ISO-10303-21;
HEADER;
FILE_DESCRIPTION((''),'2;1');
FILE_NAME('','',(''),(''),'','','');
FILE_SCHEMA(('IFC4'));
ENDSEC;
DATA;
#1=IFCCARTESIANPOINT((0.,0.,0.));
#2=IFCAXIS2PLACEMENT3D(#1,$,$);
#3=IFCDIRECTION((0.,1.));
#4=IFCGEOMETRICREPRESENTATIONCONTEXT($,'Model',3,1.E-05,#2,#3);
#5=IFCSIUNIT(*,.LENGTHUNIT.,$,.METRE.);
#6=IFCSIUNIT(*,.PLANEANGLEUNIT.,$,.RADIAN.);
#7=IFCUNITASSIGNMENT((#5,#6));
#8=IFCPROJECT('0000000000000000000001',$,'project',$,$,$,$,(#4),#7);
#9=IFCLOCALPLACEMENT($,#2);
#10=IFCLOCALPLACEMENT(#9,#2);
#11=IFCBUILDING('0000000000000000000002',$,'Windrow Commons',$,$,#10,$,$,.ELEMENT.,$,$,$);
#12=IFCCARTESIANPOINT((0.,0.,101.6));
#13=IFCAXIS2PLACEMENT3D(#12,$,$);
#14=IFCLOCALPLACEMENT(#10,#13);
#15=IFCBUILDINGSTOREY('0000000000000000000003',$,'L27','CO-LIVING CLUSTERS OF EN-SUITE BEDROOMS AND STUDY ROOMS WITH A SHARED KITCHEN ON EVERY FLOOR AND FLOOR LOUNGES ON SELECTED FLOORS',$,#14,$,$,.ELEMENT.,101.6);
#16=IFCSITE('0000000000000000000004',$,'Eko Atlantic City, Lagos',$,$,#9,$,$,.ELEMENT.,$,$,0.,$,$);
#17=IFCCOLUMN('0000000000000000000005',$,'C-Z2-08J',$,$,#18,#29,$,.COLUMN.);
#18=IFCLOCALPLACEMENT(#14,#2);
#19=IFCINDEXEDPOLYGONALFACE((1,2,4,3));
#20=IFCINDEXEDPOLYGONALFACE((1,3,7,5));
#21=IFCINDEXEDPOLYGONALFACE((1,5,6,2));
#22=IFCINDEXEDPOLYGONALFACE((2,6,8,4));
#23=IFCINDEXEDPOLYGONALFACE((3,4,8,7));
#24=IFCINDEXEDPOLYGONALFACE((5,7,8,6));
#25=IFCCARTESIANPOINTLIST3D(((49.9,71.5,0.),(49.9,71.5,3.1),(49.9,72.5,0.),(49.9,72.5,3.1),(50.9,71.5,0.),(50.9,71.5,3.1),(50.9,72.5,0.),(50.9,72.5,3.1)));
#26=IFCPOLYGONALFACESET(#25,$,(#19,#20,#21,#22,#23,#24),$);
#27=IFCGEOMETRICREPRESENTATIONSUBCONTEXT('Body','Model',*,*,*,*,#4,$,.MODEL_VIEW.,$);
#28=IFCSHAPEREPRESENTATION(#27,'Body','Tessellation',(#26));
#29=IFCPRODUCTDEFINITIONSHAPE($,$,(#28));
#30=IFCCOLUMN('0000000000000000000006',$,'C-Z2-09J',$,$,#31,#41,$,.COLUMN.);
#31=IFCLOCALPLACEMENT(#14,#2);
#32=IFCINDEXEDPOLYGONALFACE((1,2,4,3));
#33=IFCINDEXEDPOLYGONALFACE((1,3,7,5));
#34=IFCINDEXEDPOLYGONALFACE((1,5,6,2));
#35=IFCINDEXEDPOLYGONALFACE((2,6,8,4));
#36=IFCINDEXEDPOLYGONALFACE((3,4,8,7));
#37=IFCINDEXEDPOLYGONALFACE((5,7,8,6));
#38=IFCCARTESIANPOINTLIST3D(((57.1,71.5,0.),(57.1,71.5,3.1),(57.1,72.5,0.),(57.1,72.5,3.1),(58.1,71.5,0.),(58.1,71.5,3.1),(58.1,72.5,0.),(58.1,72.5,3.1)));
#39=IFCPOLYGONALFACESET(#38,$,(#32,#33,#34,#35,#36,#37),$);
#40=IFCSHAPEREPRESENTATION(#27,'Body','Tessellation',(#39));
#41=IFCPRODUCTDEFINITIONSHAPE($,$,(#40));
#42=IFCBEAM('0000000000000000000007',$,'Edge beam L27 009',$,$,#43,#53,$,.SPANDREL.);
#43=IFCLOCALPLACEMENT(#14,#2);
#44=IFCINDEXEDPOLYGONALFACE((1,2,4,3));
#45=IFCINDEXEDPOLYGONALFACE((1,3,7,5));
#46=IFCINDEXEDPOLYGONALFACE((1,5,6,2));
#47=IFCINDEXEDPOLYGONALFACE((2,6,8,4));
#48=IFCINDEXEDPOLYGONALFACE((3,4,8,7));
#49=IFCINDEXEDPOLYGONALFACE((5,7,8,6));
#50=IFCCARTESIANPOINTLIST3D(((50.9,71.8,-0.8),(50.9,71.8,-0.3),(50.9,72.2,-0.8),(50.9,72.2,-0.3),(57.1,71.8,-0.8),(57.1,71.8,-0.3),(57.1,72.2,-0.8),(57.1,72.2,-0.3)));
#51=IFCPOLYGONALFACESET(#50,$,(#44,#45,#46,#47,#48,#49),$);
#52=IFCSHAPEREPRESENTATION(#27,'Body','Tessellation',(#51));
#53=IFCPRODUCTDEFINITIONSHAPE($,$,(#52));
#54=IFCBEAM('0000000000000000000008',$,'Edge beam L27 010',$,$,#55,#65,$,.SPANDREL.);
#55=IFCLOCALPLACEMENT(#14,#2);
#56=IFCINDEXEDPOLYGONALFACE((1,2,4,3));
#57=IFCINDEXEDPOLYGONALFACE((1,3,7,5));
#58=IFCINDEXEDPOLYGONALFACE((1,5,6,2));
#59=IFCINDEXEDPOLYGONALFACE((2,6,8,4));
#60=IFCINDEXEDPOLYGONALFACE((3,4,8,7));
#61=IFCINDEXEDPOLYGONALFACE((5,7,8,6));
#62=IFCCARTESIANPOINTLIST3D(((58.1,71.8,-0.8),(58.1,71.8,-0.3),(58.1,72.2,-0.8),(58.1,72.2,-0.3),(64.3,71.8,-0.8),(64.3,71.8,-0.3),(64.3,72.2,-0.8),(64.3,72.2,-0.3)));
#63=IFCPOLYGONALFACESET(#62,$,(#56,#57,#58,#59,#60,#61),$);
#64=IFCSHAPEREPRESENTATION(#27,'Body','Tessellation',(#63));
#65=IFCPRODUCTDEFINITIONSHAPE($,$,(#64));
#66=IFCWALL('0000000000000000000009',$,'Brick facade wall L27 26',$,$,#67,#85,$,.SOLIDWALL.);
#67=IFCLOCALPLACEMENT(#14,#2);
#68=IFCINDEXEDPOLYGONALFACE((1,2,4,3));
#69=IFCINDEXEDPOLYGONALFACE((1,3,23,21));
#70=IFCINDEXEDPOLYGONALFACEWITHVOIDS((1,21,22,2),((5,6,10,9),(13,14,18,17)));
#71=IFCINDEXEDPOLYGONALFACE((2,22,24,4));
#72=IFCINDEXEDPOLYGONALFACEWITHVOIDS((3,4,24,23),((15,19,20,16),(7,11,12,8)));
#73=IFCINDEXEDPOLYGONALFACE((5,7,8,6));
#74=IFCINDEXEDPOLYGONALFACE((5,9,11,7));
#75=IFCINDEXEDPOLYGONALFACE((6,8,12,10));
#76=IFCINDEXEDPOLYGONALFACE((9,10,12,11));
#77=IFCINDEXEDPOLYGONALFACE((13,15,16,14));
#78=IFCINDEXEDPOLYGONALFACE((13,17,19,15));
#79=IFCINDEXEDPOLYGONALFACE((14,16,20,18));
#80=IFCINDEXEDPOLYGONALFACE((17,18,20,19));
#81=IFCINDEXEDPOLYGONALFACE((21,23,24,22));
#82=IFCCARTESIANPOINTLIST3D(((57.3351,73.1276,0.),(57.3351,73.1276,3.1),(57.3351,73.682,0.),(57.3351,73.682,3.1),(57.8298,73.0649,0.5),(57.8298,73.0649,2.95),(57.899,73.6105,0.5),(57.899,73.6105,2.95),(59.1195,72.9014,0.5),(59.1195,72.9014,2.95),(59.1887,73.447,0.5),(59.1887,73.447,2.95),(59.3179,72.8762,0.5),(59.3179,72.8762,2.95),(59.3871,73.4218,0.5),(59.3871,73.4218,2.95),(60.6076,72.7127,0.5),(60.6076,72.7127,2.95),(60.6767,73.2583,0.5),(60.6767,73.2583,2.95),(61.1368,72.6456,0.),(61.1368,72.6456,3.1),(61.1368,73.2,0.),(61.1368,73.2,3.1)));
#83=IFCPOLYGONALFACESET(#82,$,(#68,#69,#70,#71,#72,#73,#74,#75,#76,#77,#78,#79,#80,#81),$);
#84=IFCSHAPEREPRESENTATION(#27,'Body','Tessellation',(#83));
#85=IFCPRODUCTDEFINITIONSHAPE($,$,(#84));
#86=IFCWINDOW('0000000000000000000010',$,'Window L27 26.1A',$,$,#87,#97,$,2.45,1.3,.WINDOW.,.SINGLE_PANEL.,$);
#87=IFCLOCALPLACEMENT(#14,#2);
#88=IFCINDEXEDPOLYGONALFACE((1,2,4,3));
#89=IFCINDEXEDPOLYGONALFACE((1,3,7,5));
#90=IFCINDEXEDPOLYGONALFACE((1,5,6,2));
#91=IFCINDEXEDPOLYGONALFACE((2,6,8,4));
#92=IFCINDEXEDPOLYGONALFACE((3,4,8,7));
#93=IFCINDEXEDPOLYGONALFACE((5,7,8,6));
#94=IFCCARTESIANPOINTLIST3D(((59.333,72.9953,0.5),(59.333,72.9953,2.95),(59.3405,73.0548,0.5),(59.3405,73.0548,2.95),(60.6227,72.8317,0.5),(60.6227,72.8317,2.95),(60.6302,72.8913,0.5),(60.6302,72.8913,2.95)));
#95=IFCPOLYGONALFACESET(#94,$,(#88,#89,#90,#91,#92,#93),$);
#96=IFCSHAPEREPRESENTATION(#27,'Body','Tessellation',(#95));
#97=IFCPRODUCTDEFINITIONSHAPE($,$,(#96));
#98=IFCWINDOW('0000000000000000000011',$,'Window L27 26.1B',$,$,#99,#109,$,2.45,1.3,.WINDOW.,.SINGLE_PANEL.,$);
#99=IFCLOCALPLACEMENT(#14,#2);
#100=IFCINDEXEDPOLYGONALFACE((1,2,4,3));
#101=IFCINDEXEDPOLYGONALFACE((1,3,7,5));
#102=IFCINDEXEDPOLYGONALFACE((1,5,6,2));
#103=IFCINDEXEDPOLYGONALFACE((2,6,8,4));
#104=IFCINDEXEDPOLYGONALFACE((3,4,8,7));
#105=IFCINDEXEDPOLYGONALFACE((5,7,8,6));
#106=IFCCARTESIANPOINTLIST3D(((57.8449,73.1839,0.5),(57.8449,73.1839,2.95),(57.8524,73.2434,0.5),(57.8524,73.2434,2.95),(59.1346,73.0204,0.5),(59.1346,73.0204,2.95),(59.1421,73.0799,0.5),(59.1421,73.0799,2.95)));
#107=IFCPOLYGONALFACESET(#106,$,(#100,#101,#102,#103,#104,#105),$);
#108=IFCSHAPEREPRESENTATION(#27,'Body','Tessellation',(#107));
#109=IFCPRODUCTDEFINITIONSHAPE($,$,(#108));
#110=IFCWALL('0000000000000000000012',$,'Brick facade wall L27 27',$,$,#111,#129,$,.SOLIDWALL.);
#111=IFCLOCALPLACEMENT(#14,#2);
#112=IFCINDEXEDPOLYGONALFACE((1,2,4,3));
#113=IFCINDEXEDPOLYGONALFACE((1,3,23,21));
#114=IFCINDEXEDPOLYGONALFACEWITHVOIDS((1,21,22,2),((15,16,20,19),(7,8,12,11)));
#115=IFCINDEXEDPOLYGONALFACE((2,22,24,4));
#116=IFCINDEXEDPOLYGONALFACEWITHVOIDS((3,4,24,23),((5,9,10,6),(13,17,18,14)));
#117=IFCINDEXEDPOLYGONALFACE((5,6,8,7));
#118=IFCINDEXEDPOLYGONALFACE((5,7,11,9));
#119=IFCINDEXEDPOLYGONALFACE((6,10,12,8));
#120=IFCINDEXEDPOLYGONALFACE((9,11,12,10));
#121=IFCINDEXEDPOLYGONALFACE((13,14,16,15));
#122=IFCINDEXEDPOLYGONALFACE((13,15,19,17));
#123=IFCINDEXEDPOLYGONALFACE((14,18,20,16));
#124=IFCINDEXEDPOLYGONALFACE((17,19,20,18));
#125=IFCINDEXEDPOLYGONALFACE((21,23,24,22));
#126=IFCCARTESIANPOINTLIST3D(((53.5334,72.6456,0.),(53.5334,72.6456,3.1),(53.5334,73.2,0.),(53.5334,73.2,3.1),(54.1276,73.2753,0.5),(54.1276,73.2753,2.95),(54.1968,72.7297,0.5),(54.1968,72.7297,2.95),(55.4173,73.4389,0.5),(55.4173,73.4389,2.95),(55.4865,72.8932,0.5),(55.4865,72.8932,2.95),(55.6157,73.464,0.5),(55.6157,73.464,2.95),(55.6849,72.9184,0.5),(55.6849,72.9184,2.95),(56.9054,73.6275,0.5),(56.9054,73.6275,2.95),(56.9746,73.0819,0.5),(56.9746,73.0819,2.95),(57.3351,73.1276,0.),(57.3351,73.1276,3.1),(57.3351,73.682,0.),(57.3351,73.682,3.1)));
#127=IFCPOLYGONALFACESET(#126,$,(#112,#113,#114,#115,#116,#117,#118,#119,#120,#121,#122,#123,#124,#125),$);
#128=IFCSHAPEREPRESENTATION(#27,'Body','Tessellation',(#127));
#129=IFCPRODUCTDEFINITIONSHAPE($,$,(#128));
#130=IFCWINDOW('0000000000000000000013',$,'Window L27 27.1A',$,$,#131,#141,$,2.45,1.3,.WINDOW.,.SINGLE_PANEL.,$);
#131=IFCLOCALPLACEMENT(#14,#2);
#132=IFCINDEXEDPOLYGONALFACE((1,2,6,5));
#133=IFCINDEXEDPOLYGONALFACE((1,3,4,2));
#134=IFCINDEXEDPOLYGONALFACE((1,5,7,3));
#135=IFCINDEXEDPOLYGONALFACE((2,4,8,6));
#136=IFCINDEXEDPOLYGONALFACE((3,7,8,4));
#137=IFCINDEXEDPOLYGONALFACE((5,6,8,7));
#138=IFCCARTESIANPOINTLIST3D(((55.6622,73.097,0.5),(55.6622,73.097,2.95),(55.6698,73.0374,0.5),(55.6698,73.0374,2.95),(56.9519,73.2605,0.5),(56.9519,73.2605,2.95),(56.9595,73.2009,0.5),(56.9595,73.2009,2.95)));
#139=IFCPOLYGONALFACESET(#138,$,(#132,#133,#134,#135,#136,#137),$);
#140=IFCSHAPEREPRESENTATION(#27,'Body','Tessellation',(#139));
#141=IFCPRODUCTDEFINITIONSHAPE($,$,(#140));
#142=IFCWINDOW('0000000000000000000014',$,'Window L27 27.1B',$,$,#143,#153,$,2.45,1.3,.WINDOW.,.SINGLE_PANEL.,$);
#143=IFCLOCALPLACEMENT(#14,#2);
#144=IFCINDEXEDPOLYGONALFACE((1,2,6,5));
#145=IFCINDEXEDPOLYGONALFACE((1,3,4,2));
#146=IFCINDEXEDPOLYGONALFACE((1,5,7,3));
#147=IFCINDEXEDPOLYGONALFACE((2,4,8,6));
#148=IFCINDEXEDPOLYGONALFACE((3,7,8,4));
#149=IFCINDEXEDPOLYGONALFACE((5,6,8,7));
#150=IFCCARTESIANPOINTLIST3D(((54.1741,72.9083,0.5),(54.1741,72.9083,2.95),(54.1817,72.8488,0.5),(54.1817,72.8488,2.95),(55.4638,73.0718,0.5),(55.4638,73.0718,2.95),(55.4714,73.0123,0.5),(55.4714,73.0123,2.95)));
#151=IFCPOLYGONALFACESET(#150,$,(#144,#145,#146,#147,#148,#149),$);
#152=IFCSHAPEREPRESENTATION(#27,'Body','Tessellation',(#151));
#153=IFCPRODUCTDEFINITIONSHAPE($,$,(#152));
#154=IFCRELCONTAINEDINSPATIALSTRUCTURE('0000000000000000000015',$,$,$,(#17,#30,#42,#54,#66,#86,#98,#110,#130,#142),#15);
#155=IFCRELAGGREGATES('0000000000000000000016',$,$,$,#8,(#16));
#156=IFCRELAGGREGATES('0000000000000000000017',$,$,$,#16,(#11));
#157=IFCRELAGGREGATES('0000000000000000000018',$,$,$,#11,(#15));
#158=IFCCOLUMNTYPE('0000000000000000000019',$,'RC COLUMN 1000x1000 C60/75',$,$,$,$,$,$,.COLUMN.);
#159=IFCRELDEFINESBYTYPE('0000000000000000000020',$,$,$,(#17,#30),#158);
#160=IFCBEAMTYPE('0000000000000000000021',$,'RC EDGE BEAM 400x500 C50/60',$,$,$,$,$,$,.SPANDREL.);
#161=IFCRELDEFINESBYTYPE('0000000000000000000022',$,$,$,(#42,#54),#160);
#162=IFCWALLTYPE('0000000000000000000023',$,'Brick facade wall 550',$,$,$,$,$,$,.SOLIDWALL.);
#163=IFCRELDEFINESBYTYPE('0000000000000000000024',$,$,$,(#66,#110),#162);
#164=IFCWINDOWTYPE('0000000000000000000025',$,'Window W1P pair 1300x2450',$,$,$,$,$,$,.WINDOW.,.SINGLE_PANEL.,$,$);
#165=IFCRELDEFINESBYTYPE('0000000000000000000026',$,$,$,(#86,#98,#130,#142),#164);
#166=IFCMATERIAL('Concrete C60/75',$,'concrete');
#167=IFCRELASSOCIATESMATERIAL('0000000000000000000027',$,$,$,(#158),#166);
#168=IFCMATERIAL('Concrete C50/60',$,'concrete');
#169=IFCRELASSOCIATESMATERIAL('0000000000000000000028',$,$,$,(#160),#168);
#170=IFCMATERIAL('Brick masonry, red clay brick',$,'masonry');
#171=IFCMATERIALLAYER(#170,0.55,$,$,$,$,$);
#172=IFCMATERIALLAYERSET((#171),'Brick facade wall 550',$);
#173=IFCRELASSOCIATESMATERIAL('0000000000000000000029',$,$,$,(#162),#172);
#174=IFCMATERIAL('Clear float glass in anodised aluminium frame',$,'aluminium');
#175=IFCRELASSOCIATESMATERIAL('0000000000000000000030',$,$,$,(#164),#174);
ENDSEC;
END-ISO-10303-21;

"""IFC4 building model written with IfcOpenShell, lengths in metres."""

from ifc_helpers import new_model, si_unit, direction, frame, frame_2d, origin, origin_2d, place, context, subcontext, project, spatial, polyline, rectangle, outline, extrude, material, layer, layer_set, material_profile, profile_set, type_object, element, fill, save


model = new_model("IFC4")

# Units and contexts
model_context = context("Model", 3, precision=1e-05, world=origin(), true_north=direction((0.0, 1.0)))
body_context = subcontext(model_context, "Body", "Model", "MODEL_VIEW")
ifc_project = project(units=[si_unit("LENGTHUNIT", "METRE"), si_unit("PLANEANGLEUNIT", "RADIAN")], contexts=[model_context])

# Site, building, storey
site_placement = place(None, origin())
site = spatial("IfcSite", under=ifc_project, at=site_placement, Name="Eko Atlantic City, Lagos", CompositionType="ELEMENT", RefElevation=0.0)
building_placement = place(site_placement, origin())
building = spatial("IfcBuilding", under=site, at=building_placement, Name="Windrow Commons", CompositionType="ELEMENT")
storey_placement = place(building_placement, frame((0.0, 0.0, 101.6)))
storey = spatial("IfcBuildingStorey", under=building, at=storey_placement, Name="L27", Description="CO-LIVING CLUSTERS OF EN-SUITE BEDROOMS AND STUDY ROOMS WITH A SHARED KITCHEN ON EVERY FLOOR AND FLOOR LOUNGES ON SELECTED FLOORS", CompositionType="ELEMENT", Elevation=101.6)

# Columns
ifc_material_1 = material(Name="Concrete C60/75", Category="concrete")
ifc_material_profile_1 = material_profile(ifc_material_1, rectangle(XDim=1.0, YDim=1.0, at=origin_2d()))
ifc_profile_set_1 = profile_set([ifc_material_profile_1], Name="Concrete C60/75")
column_type = type_object("IfcColumnType", Name="RC COLUMN 1000x1000 C60/75", PredefinedType="COLUMN", material=ifc_profile_set_1)
for number, where, z_axis, x_axis, name in (
    (1, (50.4, 72.0, 0.0), (0.0, 0.0, 1.0), (1.0, 0.0, 0.0), "C-Z2-08J"),
    (2, (57.6, 72.0, 0.0), (0.0, 0.0, 1.0), (1.0, 0.0, 0.0), "C-Z2-09J"),
):
    element("IfcColumn", number, at=place(storey_placement, frame(where, z_axis=z_axis, x_axis=x_axis)), inside=storey, type_object=column_type, Name=name, PredefinedType="COLUMN", context=body_context, shape_type="SweptSolid", body=[
        extrude(rectangle(XDim=1.0, YDim=1.0, at=origin_2d()), origin(), (0.0, 0.0, 1.0), 3.1),
    ])

# Beams
ifc_material_2 = material(Name="Concrete C50/60", Category="concrete")
ifc_material_profile_2 = material_profile(ifc_material_2, rectangle(XDim=0.4, YDim=0.5, at=origin_2d()))
ifc_profile_set_2 = profile_set([ifc_material_profile_2], Name="Concrete C50/60")
beam_type = type_object("IfcBeamType", Name="RC EDGE BEAM 400x500 C50/60", PredefinedType="SPANDREL", material=ifc_profile_set_2)
for number, where, z_axis, x_axis, name in (
    (3, (50.9, 72.0, -0.55), (1.0, 0.0, 0.0), (0.0, 1.0, 0.0), "Edge beam L27 009"),
    (4, (58.1, 72.0, -0.55), (1.0, 0.0, 0.0), (0.0, 1.0, 0.0), "Edge beam L27 010"),
):
    element("IfcBeam", number, at=place(storey_placement, frame(where, z_axis=z_axis, x_axis=x_axis)), inside=storey, type_object=beam_type, Name=name, PredefinedType="SPANDREL", context=body_context, shape_type="SweptSolid", body=[
        extrude(rectangle(XDim=0.4, YDim=0.5, at=origin_2d()), origin(), (0.0, 0.0, 1.0), 6.2),
    ])

# Walls, openings, windows
ifc_material_3 = material(Name="Brick masonry, red clay brick", Category="masonry")
ifc_layer_1 = layer(ifc_material_3, 0.55)
ifc_layer_set_1 = layer_set([ifc_layer_1], Name="Brick facade wall 550")
wall_type_1 = type_object("IfcWallType", Name="Brick facade wall 550", PredefinedType="SOLIDWALL", material=ifc_layer_set_1)
wall_1_placement = place(storey_placement, frame((61.1368, 72.9228, 0.0), z_axis=(0.0, 0.0, 1.0), x_axis=(-0.992058, 0.125779, 0.0)))
wall_1 = element("IfcWall", 5, at=wall_1_placement, inside=storey, type_object=wall_type_1, Name="Brick facade wall L27 26", PredefinedType="SOLIDWALL", context=body_context, shape_type="SweptSolid", body=[
    extrude(outline(polyline([(0.0349, -0.275), (3.867, -0.275), (3.7973, 0.275), (-0.0349, 0.275), (0.0349, -0.275)])), origin(), (0.0, 0.0, 1.0), 3.1),
])
opening_1_placement = place(wall_1_placement, frame((0.4986, 0.0, 0.5)))
opening_1 = element("IfcOpeningElement", 6, at=opening_1_placement, cuts=wall_1, PredefinedType="OPENING", context=body_context, shape_type="SweptSolid", body=[
    extrude(rectangle(XDim=1.3, YDim=2.45, at=frame_2d((0.65, 1.225))), frame((0.0, 0.285, 0.0), z_axis=(0.0, -1.0, 0.0), x_axis=(1.0, 0.0, 0.0)), (0.0, 0.0, 1.0), 0.57),
])
opening_2_placement = place(wall_1_placement, frame((1.9986, 0.0, 0.5)))
opening_2 = element("IfcOpeningElement", 7, at=opening_2_placement, cuts=wall_1, PredefinedType="OPENING", context=body_context, shape_type="SweptSolid", body=[
    extrude(rectangle(XDim=1.3, YDim=2.45, at=frame_2d((0.65, 1.225))), frame((0.0, 0.285, 0.0), z_axis=(0.0, -1.0, 0.0), x_axis=(1.0, 0.0, 0.0)), (0.0, 0.0, 1.0), 0.57),
])
ifc_material_4 = material(Name="Clear float glass in anodised aluminium frame", Category="aluminium")
window_type_1 = type_object("IfcWindowType", Name="Window W1P pair 1300x2450", PartitioningType="SINGLE_PANEL", PredefinedType="WINDOW", material=ifc_material_4)
window_1_placement = place(opening_1_placement, origin())
window_1 = element("IfcWindow", 8, at=window_1_placement, inside=storey, type_object=window_type_1, Name="Window L27 26.1A", OverallHeight=2.45, OverallWidth=1.3, PartitioningType="SINGLE_PANEL", PredefinedType="WINDOW", context=body_context, shape_type="SweptSolid", body=[
    extrude(rectangle(XDim=1.3, YDim=2.45, at=frame_2d((0.65, 1.225))), frame((0.0, 0.155, 0.0), z_axis=(0.0, -1.0, 0.0), x_axis=(1.0, 0.0, 0.0)), (0.0, 0.0, 1.0), 0.06),
])
fill(opening_1, window_1)
window_2_placement = place(opening_2_placement, origin())
window_2 = element("IfcWindow", 9, at=window_2_placement, inside=storey, type_object=window_type_1, Name="Window L27 26.1B", OverallHeight=2.45, OverallWidth=1.3, PartitioningType="SINGLE_PANEL", PredefinedType="WINDOW", context=body_context, shape_type="SweptSolid", body=[
    extrude(rectangle(XDim=1.3, YDim=2.45, at=frame_2d((0.65, 1.225))), frame((0.0, 0.155, 0.0), z_axis=(0.0, -1.0, 0.0), x_axis=(1.0, 0.0, 0.0)), (0.0, 0.0, 1.0), 0.06),
])
fill(opening_2, window_2)
wall_2_placement = place(storey_placement, frame((57.3351, 73.4048, 0.0), z_axis=(0.0, 0.0, 1.0), x_axis=(-0.992059, -0.125775, 0.0)))
wall_2 = element("IfcWall", 10, at=wall_2_placement, inside=storey, type_object=wall_type_1, Name="Brick facade wall L27 27", PredefinedType="SOLIDWALL", context=body_context, shape_type="SweptSolid", body=[
    extrude(outline(polyline([(-0.0349, -0.275), (3.7973, -0.275), (3.867, 0.275), (0.0349, 0.275), (-0.0349, -0.275)])), origin(), (0.0, 0.0, 1.0), 3.1),
])
opening_3_placement = place(wall_2_placement, frame((0.3983, 0.0, 0.5)))
opening_3 = element("IfcOpeningElement", 11, at=opening_3_placement, cuts=wall_2, PredefinedType="OPENING", context=body_context, shape_type="SweptSolid", body=[
    extrude(rectangle(XDim=1.3, YDim=2.45, at=frame_2d((0.65, 1.225))), frame((0.0, 0.285, 0.0), z_axis=(0.0, -1.0, 0.0), x_axis=(1.0, 0.0, 0.0)), (0.0, 0.0, 1.0), 0.57),
])
opening_4_placement = place(wall_2_placement, frame((1.8983, 0.0, 0.5)))
opening_4 = element("IfcOpeningElement", 12, at=opening_4_placement, cuts=wall_2, PredefinedType="OPENING", context=body_context, shape_type="SweptSolid", body=[
    extrude(rectangle(XDim=1.3, YDim=2.45, at=frame_2d((0.65, 1.225))), frame((0.0, 0.285, 0.0), z_axis=(0.0, -1.0, 0.0), x_axis=(1.0, 0.0, 0.0)), (0.0, 0.0, 1.0), 0.57),
])
window_3_placement = place(opening_3_placement, origin())
window_3 = element("IfcWindow", 13, at=window_3_placement, inside=storey, type_object=window_type_1, Name="Window L27 27.1A", OverallHeight=2.45, OverallWidth=1.3, PartitioningType="SINGLE_PANEL", PredefinedType="WINDOW", context=body_context, shape_type="SweptSolid", body=[
    extrude(rectangle(XDim=1.3, YDim=2.45, at=frame_2d((0.65, 1.225))), frame((0.0, 0.155, 0.0), z_axis=(0.0, -1.0, 0.0), x_axis=(1.0, 0.0, 0.0)), (0.0, 0.0, 1.0), 0.06),
])
fill(opening_3, window_3)
window_4_placement = place(opening_4_placement, origin())
window_4 = element("IfcWindow", 14, at=window_4_placement, inside=storey, type_object=window_type_1, Name="Window L27 27.1B", OverallHeight=2.45, OverallWidth=1.3, PartitioningType="SINGLE_PANEL", PredefinedType="WINDOW", context=body_context, shape_type="SweptSolid", body=[
    extrude(rectangle(XDim=1.3, YDim=2.45, at=frame_2d((0.65, 1.225))), frame((0.0, 0.155, 0.0), z_axis=(0.0, -1.0, 0.0), x_axis=(1.0, 0.0, 0.0)), (0.0, 0.0, 1.0), 0.06),
])
fill(opening_4, window_4)

save(model, "model.ifc")
